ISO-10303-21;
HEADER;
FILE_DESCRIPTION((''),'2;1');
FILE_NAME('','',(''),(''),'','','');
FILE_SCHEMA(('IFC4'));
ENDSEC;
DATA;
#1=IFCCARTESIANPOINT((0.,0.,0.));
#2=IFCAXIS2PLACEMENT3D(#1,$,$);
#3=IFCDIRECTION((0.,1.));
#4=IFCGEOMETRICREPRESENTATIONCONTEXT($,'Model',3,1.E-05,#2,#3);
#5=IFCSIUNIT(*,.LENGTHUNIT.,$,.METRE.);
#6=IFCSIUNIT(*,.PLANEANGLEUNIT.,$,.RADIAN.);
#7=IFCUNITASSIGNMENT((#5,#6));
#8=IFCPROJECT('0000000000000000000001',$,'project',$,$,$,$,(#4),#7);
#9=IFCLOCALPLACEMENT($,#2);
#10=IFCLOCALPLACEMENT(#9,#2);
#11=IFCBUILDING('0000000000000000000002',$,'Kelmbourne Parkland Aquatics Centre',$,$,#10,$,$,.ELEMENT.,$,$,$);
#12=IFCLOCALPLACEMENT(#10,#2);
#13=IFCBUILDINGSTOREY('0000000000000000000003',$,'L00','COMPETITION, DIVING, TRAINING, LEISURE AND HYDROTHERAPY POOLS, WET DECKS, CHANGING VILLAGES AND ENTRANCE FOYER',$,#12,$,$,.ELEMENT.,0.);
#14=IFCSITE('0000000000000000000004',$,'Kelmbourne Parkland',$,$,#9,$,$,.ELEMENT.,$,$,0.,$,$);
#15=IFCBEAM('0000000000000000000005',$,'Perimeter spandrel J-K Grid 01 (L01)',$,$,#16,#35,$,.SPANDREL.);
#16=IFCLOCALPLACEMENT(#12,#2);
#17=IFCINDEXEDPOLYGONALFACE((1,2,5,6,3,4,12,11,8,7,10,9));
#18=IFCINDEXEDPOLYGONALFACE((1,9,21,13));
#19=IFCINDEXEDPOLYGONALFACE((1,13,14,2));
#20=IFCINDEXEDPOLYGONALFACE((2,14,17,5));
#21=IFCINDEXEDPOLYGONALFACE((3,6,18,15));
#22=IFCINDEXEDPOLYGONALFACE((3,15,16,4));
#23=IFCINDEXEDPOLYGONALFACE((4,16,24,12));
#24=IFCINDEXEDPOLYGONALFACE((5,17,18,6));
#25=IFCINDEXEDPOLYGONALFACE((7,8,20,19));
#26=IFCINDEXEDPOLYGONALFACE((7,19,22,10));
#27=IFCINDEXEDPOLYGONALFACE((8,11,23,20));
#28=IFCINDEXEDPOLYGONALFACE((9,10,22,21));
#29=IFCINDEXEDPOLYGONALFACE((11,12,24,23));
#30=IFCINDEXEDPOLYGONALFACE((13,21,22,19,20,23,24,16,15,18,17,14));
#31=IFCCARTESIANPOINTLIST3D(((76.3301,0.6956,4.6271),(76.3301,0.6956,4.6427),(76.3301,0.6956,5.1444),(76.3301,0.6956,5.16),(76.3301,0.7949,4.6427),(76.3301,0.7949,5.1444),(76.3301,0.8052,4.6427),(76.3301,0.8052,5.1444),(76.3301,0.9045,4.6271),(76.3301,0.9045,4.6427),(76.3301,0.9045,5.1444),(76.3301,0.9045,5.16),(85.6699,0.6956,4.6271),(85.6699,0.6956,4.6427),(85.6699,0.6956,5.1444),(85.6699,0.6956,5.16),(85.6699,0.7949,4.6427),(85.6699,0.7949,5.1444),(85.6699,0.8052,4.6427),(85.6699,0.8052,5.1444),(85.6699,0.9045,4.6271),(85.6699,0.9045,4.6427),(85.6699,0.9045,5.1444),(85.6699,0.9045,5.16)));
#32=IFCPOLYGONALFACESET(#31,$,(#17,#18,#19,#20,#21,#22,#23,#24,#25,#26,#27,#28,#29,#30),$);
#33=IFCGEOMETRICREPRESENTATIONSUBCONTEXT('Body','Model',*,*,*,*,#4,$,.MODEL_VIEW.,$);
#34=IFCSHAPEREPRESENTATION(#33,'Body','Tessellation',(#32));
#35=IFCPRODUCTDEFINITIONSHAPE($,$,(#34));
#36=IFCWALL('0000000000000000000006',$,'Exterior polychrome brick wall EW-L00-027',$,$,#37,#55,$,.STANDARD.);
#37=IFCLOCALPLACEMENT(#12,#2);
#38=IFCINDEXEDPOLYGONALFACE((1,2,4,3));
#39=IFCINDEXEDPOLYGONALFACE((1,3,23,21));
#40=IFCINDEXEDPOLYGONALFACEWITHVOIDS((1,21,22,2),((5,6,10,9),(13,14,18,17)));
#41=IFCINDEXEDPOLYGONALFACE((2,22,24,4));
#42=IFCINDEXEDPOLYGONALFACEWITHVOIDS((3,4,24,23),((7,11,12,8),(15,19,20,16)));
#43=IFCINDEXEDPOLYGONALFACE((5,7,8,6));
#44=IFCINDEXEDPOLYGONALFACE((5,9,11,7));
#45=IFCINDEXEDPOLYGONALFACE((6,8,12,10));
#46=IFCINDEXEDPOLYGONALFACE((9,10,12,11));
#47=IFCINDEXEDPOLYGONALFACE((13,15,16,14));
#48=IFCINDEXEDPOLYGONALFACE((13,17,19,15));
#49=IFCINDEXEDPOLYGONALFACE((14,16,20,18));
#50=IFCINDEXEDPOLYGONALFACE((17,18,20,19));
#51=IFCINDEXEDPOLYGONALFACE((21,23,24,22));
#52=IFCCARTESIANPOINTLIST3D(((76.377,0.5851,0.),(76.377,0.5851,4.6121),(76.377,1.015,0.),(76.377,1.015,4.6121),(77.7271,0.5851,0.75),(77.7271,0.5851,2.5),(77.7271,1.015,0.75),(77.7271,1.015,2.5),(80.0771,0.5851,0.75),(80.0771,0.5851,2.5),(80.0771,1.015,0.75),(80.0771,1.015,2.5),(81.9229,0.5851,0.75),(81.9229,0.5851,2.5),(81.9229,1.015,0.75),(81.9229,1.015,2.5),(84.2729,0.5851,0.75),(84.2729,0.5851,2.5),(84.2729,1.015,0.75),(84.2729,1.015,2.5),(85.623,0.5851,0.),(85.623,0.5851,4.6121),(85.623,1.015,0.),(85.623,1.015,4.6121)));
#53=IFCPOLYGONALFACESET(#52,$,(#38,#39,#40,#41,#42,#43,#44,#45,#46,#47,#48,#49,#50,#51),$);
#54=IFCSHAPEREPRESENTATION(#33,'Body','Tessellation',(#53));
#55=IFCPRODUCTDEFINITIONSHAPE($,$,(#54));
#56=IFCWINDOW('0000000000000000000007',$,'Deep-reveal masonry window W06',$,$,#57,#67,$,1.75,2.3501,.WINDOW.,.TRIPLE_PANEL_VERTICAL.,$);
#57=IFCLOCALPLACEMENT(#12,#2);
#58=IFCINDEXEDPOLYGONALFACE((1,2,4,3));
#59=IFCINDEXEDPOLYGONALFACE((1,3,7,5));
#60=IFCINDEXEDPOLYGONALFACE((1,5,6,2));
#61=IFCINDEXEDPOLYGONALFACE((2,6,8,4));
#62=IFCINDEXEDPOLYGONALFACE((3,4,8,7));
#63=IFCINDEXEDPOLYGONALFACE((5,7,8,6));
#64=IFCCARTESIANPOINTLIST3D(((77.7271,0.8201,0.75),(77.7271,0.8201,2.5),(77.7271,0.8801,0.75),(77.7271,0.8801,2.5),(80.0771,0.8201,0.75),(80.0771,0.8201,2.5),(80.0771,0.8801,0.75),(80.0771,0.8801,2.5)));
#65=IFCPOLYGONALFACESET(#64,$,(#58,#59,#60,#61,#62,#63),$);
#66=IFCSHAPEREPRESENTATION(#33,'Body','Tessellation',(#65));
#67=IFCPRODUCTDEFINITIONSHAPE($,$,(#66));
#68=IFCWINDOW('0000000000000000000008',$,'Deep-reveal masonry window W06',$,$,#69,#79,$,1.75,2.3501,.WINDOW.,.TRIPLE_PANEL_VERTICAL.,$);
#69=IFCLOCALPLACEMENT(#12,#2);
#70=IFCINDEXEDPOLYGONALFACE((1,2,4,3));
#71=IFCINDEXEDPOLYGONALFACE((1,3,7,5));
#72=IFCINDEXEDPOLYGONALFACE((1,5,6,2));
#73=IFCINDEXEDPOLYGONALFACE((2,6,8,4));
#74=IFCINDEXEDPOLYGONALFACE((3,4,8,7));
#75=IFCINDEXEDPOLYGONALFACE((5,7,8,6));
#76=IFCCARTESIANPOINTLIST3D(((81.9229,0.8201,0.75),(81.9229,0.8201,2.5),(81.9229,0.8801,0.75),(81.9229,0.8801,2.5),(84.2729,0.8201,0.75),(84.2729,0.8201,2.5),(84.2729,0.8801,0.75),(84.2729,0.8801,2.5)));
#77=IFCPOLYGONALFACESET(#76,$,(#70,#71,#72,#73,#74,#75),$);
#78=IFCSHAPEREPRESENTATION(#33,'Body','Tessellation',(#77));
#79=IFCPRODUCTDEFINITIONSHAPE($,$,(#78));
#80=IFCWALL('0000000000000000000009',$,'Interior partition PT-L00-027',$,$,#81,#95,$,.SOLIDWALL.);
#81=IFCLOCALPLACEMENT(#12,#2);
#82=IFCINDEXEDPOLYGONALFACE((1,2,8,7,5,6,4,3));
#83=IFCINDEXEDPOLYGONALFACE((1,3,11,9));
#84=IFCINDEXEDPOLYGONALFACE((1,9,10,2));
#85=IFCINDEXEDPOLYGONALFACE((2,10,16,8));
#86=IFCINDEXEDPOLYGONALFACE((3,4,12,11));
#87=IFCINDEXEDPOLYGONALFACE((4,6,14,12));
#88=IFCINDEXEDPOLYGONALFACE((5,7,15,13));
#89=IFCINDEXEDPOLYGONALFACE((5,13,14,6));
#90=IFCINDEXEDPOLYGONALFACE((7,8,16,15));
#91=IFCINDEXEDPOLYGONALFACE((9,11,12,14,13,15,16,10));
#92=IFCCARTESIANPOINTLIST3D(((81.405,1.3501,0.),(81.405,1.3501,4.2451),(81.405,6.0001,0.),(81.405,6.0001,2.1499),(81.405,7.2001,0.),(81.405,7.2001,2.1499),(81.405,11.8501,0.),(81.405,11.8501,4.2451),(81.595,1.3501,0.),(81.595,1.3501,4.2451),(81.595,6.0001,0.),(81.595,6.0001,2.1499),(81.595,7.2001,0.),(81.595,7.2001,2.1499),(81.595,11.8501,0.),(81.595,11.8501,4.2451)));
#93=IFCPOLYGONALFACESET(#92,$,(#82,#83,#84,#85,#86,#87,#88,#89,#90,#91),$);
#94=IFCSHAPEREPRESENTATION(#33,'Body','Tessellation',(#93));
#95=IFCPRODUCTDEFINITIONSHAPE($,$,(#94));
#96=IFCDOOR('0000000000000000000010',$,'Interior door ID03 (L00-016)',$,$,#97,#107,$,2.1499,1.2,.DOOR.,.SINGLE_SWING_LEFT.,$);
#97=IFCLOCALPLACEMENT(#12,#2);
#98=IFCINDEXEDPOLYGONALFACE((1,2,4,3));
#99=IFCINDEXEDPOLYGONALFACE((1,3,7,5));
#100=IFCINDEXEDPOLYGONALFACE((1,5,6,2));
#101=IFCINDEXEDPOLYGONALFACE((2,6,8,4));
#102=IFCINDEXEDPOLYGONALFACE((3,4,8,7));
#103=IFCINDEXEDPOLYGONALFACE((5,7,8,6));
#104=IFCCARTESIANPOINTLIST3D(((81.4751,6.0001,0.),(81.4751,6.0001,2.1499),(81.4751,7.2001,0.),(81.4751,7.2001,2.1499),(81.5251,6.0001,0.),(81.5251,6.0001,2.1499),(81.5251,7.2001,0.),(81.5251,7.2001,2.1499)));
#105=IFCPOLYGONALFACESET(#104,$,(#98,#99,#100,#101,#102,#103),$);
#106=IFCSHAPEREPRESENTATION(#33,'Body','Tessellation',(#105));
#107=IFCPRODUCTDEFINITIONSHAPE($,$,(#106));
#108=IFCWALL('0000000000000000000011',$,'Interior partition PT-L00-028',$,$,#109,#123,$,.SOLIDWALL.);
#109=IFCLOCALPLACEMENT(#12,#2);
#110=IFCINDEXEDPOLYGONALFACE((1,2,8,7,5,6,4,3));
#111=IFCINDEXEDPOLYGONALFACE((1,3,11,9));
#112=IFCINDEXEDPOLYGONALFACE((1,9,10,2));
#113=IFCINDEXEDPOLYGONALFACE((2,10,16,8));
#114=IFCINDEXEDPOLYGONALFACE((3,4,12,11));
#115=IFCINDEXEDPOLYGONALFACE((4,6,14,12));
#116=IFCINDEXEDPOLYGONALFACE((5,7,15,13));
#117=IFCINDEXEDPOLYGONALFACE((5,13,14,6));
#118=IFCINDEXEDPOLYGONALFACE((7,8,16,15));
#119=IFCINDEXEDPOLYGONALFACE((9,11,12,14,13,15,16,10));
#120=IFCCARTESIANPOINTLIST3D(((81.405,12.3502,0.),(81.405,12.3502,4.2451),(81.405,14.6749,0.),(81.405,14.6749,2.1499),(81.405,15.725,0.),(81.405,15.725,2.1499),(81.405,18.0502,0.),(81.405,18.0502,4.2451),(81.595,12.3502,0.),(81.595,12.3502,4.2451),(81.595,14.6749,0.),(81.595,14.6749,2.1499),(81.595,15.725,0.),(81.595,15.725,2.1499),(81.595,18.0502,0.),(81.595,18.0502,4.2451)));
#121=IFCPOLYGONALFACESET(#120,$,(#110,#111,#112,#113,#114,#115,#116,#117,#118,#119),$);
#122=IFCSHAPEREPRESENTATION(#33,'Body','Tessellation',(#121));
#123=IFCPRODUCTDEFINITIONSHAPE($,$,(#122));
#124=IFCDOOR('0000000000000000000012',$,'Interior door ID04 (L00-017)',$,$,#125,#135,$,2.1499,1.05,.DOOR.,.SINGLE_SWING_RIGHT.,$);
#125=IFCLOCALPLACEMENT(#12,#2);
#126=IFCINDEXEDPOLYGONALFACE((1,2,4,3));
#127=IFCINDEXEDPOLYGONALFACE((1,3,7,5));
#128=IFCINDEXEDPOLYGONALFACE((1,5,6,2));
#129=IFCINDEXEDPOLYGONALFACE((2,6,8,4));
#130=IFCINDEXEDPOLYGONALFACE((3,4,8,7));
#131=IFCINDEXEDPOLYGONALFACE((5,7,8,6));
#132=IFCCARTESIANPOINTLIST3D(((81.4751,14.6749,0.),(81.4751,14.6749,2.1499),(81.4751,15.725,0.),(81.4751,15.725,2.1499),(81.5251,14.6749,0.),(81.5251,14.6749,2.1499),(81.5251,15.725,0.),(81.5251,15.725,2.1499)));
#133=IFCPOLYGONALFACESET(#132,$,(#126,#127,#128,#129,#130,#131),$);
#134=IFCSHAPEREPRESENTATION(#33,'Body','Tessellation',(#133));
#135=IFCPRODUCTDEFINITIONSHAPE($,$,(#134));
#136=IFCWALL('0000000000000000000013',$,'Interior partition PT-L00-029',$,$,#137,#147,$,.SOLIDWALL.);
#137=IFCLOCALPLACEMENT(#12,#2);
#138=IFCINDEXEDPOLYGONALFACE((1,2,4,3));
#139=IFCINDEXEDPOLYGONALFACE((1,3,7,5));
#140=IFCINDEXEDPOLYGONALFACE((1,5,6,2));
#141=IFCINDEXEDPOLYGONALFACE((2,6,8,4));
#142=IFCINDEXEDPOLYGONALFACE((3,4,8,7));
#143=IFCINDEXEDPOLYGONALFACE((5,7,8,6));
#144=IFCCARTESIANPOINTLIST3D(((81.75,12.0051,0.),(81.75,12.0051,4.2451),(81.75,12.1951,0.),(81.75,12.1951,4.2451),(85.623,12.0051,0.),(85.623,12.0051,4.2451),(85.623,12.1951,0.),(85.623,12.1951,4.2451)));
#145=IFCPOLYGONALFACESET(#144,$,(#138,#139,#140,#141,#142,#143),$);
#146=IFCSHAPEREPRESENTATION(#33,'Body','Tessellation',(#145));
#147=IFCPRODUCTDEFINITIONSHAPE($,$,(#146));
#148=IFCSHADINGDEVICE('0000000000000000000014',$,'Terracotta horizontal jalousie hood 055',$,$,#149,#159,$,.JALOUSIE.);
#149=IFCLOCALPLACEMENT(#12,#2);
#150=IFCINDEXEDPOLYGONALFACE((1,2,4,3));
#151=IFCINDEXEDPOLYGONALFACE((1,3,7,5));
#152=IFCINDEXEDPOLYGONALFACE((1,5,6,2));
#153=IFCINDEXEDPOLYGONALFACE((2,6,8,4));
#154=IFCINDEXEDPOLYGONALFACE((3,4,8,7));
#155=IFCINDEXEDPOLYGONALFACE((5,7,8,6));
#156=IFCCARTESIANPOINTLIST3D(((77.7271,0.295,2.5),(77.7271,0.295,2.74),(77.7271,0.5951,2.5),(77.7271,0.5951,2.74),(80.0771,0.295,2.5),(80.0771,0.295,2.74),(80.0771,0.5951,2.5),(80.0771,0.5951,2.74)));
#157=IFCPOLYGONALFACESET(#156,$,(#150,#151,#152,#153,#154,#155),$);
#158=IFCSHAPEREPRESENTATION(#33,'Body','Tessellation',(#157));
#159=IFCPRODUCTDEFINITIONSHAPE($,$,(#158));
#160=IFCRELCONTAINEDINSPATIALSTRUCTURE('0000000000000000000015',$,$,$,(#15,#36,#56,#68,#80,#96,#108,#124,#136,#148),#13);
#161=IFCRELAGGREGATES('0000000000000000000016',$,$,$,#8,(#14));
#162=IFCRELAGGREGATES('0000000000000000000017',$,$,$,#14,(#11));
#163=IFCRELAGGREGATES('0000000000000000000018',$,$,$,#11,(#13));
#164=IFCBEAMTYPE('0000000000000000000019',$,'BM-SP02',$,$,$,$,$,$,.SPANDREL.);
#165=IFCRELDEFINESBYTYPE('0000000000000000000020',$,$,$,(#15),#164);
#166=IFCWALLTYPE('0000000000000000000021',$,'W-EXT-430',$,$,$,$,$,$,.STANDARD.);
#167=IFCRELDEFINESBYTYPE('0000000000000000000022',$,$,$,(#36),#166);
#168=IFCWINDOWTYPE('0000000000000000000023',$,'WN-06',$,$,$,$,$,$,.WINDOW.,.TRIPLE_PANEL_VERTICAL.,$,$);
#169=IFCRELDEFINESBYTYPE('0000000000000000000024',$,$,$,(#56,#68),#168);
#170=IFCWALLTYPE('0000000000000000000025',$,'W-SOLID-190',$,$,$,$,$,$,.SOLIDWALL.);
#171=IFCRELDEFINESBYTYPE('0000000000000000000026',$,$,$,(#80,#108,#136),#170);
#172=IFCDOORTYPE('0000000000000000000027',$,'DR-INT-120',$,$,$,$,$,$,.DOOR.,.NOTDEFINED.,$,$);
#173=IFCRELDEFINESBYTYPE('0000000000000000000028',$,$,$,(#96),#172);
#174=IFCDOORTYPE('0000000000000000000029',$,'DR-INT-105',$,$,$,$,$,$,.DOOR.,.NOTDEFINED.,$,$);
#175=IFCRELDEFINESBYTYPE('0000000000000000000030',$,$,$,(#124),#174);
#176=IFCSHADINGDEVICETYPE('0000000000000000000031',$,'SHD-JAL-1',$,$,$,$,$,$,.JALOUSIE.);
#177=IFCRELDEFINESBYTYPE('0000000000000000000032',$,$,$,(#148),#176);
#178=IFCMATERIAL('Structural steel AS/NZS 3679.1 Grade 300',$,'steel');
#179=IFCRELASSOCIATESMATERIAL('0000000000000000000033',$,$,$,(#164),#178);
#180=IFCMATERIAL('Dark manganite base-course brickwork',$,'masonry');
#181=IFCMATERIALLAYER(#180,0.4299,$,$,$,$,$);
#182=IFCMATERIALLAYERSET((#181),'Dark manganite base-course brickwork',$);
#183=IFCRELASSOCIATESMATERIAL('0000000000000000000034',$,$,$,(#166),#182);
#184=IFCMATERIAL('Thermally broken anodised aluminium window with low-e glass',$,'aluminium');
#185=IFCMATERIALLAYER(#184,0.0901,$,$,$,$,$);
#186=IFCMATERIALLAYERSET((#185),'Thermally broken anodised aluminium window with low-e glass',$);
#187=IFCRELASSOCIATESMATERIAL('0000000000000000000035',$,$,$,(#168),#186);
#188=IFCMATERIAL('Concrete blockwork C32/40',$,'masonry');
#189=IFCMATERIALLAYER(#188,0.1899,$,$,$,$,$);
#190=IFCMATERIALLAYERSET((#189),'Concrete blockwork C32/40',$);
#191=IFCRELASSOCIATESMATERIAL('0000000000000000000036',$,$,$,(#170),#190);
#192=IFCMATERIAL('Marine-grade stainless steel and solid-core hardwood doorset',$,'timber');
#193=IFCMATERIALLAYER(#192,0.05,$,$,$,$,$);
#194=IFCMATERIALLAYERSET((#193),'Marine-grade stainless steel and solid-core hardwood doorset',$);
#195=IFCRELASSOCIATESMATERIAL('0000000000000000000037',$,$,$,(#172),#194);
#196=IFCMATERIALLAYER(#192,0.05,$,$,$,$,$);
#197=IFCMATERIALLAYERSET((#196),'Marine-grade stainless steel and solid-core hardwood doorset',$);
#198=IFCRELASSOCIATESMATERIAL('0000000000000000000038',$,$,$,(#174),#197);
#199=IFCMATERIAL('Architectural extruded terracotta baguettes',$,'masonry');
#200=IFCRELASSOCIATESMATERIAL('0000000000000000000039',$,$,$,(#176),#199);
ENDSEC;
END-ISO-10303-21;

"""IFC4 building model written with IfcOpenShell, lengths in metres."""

from ifc_helpers import new_model, si_unit, direction, frame, frame_2d, origin, origin_2d, place, context, subcontext, project, spatial, rectangle, i_section, extrude, material, layer, layer_set, material_profile, profile_set, type_object, element, fill, save


model = new_model("IFC4")

# Units and contexts
model_context = context("Model", 3, precision=1e-05, world=origin(), true_north=direction((0.0, 1.0)))
body_context = subcontext(model_context, "Body", "Model", "MODEL_VIEW")
ifc_project = project(units=[si_unit("LENGTHUNIT", "METRE"), si_unit("PLANEANGLEUNIT", "RADIAN")], contexts=[model_context])

# Site, building, storey
site_placement = place(None, origin())
site = spatial("IfcSite", under=ifc_project, at=site_placement, Name="Kelmbourne Parkland", CompositionType="ELEMENT", RefElevation=0.0)
building_placement = place(site_placement, origin())
building = spatial("IfcBuilding", under=site, at=building_placement, Name="Kelmbourne Parkland Aquatics Centre", CompositionType="ELEMENT")
storey_placement = place(building_placement, origin())
storey = spatial("IfcBuildingStorey", under=building, at=storey_placement, Name="L00", Description="COMPETITION, DIVING, TRAINING, LEISURE AND HYDROTHERAPY POOLS, WET DECKS, CHANGING VILLAGES AND ENTRANCE FOYER", CompositionType="ELEMENT", Elevation=0.0)

# Beam
ifc_material_1 = material(Name="Structural steel AS/NZS 3679.1 Grade 300", Category="steel")
ifc_material_profile_1 = material_profile(ifc_material_1, i_section(OverallWidth=0.209, OverallDepth=0.533, WebThickness=0.0103, FlangeThickness=0.0156, at=origin_2d()), Name="530UB92.4")
ifc_profile_set_1 = profile_set([ifc_material_profile_1], Name="Structural steel AS/NZS 3679.1 Grade 300")
beam_type_1 = type_object("IfcBeamType", Name="BM-SP02", PredefinedType="SPANDREL", material=ifc_profile_set_1)
beam_1_placement = place(storey_placement, frame((76.3301, 0.8, 4.8936), z_axis=(1.0, 0.0, 0.0), x_axis=(0.0, 1.0, 0.0)))
element("IfcBeam", 1, at=beam_1_placement, inside=storey, type_object=beam_type_1, Name="Perimeter spandrel J-K Grid 01 (L01)", PredefinedType="SPANDREL", context=body_context, shape_type="SweptSolid", body=[
    extrude(i_section(OverallWidth=0.209, OverallDepth=0.533, WebThickness=0.0103, FlangeThickness=0.0156, at=origin_2d()), origin(), (0.0, 0.0, 1.0), 9.3398),
])

# Wall, openings, windows
ifc_material_2 = material(Name="Dark manganite base-course brickwork", Category="masonry")
ifc_layer_1 = layer(ifc_material_2, 0.4299)
ifc_layer_set_1 = layer_set([ifc_layer_1], Name="Dark manganite base-course brickwork")
wall_type_1 = type_object("IfcWallType", Name="W-EXT-430", PredefinedType="STANDARD", material=ifc_layer_set_1)
wall_1_placement = place(storey_placement, frame((76.377, 0.8, 0.0), z_axis=(0.0, 0.0, 1.0), x_axis=(1.0, 0.0, 0.0)))
wall_1 = element("IfcWall", 2, at=wall_1_placement, inside=storey, type_object=wall_type_1, Name="Exterior polychrome brick wall EW-L00-027", PredefinedType="STANDARD", context=body_context, shape_type="SweptSolid", body=[
    extrude(rectangle(XDim=9.2461, YDim=0.4299, at=frame_2d((4.623, 0.0))), origin(), (0.0, 0.0, 1.0), 4.6121),
])
opening_1_placement = place(wall_1_placement, frame((1.3501, 0.0, 0.75)))
opening_1 = element("IfcOpeningElement", 3, at=opening_1_placement, cuts=wall_1, PredefinedType="OPENING", context=body_context, shape_type="SweptSolid", body=[
    extrude(rectangle(XDim=2.3501, YDim=1.75, at=frame_2d((1.175, 0.875))), frame((0.0, 0.2271, 0.0), z_axis=(0.0, -1.0, 0.0), x_axis=(1.0, 0.0, 0.0)), (0.0, 0.0, 1.0), 0.4539),
])
opening_2_placement = place(wall_1_placement, frame((5.5459, 0.0, 0.75)))
opening_2 = element("IfcOpeningElement", 4, at=opening_2_placement, cuts=wall_1, PredefinedType="OPENING", context=body_context, shape_type="SweptSolid", body=[
    extrude(rectangle(XDim=2.3501, YDim=1.75, at=frame_2d((1.175, 0.875))), frame((0.0, 0.2271, 0.0), z_axis=(0.0, -1.0, 0.0), x_axis=(1.0, 0.0, 0.0)), (0.0, 0.0, 1.0), 0.4539),
])
ifc_material_3 = material(Name="Thermally broken anodised aluminium window with low-e glass", Category="aluminium")
ifc_layer_2 = layer(ifc_material_3, 0.0901)
ifc_layer_set_2 = layer_set([ifc_layer_2], Name="Thermally broken anodised aluminium window with low-e glass")
window_type = type_object("IfcWindowType", Name="WN-06", PartitioningType="TRIPLE_PANEL_VERTICAL", PredefinedType="WINDOW", material=ifc_layer_set_2)
window_1_placement = place(opening_1_placement, origin())
window_1 = element("IfcWindow", 5, at=window_1_placement, inside=storey, type_object=window_type, Name="Deep-reveal masonry window W06", OverallHeight=1.75, OverallWidth=2.3501, PartitioningType="TRIPLE_PANEL_VERTICAL", PredefinedType="WINDOW", context=body_context, shape_type="SweptSolid", body=[
    extrude(rectangle(XDim=2.3501, YDim=1.75, at=frame_2d((1.175, 0.875))), frame((0.0, 0.0801, 0.0), z_axis=(0.0, -1.0, 0.0), x_axis=(1.0, 0.0, 0.0)), (0.0, 0.0, 1.0), 0.0601),
])
fill(opening_1, window_1)
window_2_placement = place(opening_2_placement, origin())
window_2 = element("IfcWindow", 6, at=window_2_placement, inside=storey, type_object=window_type, Name="Deep-reveal masonry window W06", OverallHeight=1.75, OverallWidth=2.3501, PartitioningType="TRIPLE_PANEL_VERTICAL", PredefinedType="WINDOW", context=body_context, shape_type="SweptSolid", body=[
    extrude(rectangle(XDim=2.3501, YDim=1.75, at=frame_2d((1.175, 0.875))), frame((0.0, 0.0801, 0.0), z_axis=(0.0, -1.0, 0.0), x_axis=(1.0, 0.0, 0.0)), (0.0, 0.0, 1.0), 0.0601),
])
fill(opening_2, window_2)

# Walls, openings, doors
ifc_material_4 = material(Name="Concrete blockwork C32/40", Category="masonry")
ifc_layer_3 = layer(ifc_material_4, 0.1899)
ifc_layer_set_3 = layer_set([ifc_layer_3], Name="Concrete blockwork C32/40")
wall_type_2 = type_object("IfcWallType", Name="W-SOLID-190", PredefinedType="SOLIDWALL", material=ifc_layer_set_3)
wall_2_placement = place(storey_placement, frame((81.5, 1.3501, 0.0), z_axis=(0.0, 0.0, 1.0), x_axis=(0.0, 1.0, 0.0)))
wall_2 = element("IfcWall", 7, at=wall_2_placement, inside=storey, type_object=wall_type_2, Name="Interior partition PT-L00-027", PredefinedType="SOLIDWALL", context=body_context, shape_type="SweptSolid", body=[
    extrude(rectangle(XDim=10.5, YDim=0.1899, at=frame_2d((5.25, 0.0))), origin(), (0.0, 0.0, 1.0), 4.2451),
])
opening_3_placement = place(wall_2_placement, frame((4.6499, 0.0, 0.0)))
opening_3 = element("IfcOpeningElement", 8, at=opening_3_placement, cuts=wall_2, PredefinedType="OPENING", context=body_context, shape_type="SweptSolid", body=[
    extrude(rectangle(XDim=1.2, YDim=2.1499, at=frame_2d((0.6001, 1.075))), frame((0.0, 0.1069, 0.0), z_axis=(0.0, -1.0, 0.0), x_axis=(1.0, 0.0, 0.0)), (0.0, 0.0, 1.0), 0.2139),
])
ifc_material_5 = material(Name="Marine-grade stainless steel and solid-core hardwood doorset", Category="timber")
ifc_layer_4 = layer(ifc_material_5, 0.05)
ifc_layer_set_4 = layer_set([ifc_layer_4], Name="Marine-grade stainless steel and solid-core hardwood doorset")
door_type_1 = type_object("IfcDoorType", Name="DR-INT-120", OperationType="NOTDEFINED", PredefinedType="DOOR", material=ifc_layer_set_4)
door_1_placement = place(opening_3_placement, origin())
door_1 = element("IfcDoor", 9, at=door_1_placement, inside=storey, type_object=door_type_1, Name="Interior door ID03 (L00-016)", OperationType="SINGLE_SWING_LEFT", OverallHeight=2.1499, OverallWidth=1.2, PredefinedType="DOOR", context=body_context, shape_type="SweptSolid", body=[
    extrude(rectangle(XDim=1.2, YDim=2.1499, at=frame_2d((0.6001, 1.075))), frame((0.0, 0.0249, 0.0), z_axis=(0.0, -1.0, 0.0), x_axis=(1.0, 0.0, 0.0)), (0.0, 0.0, 1.0), 0.05),
])
fill(opening_3, door_1)
wall_3_placement = place(storey_placement, frame((81.5, 12.3501, 0.0), z_axis=(0.0, 0.0, 1.0), x_axis=(0.0, 1.0, 0.0)))
wall_3 = element("IfcWall", 10, at=wall_3_placement, inside=storey, type_object=wall_type_2, Name="Interior partition PT-L00-028", PredefinedType="SOLIDWALL", context=body_context, shape_type="SweptSolid", body=[
    extrude(rectangle(XDim=5.7, YDim=0.1899, at=frame_2d((2.8501, 0.0))), origin(), (0.0, 0.0, 1.0), 4.2451),
])
opening_4_placement = place(wall_3_placement, frame((2.325, 0.0, 0.0)))
opening_4 = element("IfcOpeningElement", 11, at=opening_4_placement, cuts=wall_3, PredefinedType="OPENING", context=body_context, shape_type="SweptSolid", body=[
    extrude(rectangle(XDim=1.05, YDim=2.1499, at=frame_2d((0.5249, 1.075))), frame((0.0, 0.1069, 0.0), z_axis=(0.0, -1.0, 0.0), x_axis=(1.0, 0.0, 0.0)), (0.0, 0.0, 1.0), 0.2139),
])
ifc_layer_5 = layer(ifc_material_5, 0.05)
ifc_layer_set_5 = layer_set([ifc_layer_5], Name="Marine-grade stainless steel and solid-core hardwood doorset")
door_type_2 = type_object("IfcDoorType", Name="DR-INT-105", OperationType="NOTDEFINED", PredefinedType="DOOR", material=ifc_layer_set_5)
door_2_placement = place(opening_4_placement, origin())
door_2 = element("IfcDoor", 12, at=door_2_placement, inside=storey, type_object=door_type_2, Name="Interior door ID04 (L00-017)", OperationType="SINGLE_SWING_RIGHT", OverallHeight=2.1499, OverallWidth=1.05, PredefinedType="DOOR", context=body_context, shape_type="SweptSolid", body=[
    extrude(rectangle(XDim=1.05, YDim=2.1499, at=frame_2d((0.5249, 1.075))), frame((0.0, 0.0249, 0.0), z_axis=(0.0, -1.0, 0.0), x_axis=(1.0, 0.0, 0.0)), (0.0, 0.0, 1.0), 0.05),
])
fill(opening_4, door_2)

# Wall
wall_4_placement = place(storey_placement, frame((81.75, 12.1001, 0.0), z_axis=(0.0, 0.0, 1.0), x_axis=(1.0, 0.0, 0.0)))
element("IfcWall", 13, at=wall_4_placement, inside=storey, type_object=wall_type_2, Name="Interior partition PT-L00-029", PredefinedType="SOLIDWALL", context=body_context, shape_type="SweptSolid", body=[
    extrude(rectangle(XDim=3.873, YDim=0.1899, at=frame_2d((1.9365, 0.0))), origin(), (0.0, 0.0, 1.0), 4.2451),
])

# Shading device
ifc_material_6 = material(Name="Architectural extruded terracotta baguettes", Category="masonry")
shading_device_type = type_object("IfcShadingDeviceType", Name="SHD-JAL-1", PredefinedType="JALOUSIE", material=ifc_material_6)
shading_device_placement = place(storey_placement, frame((78.9021, 0.4451, 2.5), z_axis=(0.0, 0.0, 1.0), x_axis=(1.0, 0.0, 0.0)))
element("IfcShadingDevice", 14, at=shading_device_placement, inside=storey, type_object=shading_device_type, Name="Terracotta horizontal jalousie hood 055", PredefinedType="JALOUSIE", context=body_context, shape_type="SweptSolid", body=[
    extrude(rectangle(XDim=2.3501, YDim=0.3, at=origin_2d()), origin(), (0.0, 0.0, 1.0), 0.24),
])

save(model, "model.ifc")
